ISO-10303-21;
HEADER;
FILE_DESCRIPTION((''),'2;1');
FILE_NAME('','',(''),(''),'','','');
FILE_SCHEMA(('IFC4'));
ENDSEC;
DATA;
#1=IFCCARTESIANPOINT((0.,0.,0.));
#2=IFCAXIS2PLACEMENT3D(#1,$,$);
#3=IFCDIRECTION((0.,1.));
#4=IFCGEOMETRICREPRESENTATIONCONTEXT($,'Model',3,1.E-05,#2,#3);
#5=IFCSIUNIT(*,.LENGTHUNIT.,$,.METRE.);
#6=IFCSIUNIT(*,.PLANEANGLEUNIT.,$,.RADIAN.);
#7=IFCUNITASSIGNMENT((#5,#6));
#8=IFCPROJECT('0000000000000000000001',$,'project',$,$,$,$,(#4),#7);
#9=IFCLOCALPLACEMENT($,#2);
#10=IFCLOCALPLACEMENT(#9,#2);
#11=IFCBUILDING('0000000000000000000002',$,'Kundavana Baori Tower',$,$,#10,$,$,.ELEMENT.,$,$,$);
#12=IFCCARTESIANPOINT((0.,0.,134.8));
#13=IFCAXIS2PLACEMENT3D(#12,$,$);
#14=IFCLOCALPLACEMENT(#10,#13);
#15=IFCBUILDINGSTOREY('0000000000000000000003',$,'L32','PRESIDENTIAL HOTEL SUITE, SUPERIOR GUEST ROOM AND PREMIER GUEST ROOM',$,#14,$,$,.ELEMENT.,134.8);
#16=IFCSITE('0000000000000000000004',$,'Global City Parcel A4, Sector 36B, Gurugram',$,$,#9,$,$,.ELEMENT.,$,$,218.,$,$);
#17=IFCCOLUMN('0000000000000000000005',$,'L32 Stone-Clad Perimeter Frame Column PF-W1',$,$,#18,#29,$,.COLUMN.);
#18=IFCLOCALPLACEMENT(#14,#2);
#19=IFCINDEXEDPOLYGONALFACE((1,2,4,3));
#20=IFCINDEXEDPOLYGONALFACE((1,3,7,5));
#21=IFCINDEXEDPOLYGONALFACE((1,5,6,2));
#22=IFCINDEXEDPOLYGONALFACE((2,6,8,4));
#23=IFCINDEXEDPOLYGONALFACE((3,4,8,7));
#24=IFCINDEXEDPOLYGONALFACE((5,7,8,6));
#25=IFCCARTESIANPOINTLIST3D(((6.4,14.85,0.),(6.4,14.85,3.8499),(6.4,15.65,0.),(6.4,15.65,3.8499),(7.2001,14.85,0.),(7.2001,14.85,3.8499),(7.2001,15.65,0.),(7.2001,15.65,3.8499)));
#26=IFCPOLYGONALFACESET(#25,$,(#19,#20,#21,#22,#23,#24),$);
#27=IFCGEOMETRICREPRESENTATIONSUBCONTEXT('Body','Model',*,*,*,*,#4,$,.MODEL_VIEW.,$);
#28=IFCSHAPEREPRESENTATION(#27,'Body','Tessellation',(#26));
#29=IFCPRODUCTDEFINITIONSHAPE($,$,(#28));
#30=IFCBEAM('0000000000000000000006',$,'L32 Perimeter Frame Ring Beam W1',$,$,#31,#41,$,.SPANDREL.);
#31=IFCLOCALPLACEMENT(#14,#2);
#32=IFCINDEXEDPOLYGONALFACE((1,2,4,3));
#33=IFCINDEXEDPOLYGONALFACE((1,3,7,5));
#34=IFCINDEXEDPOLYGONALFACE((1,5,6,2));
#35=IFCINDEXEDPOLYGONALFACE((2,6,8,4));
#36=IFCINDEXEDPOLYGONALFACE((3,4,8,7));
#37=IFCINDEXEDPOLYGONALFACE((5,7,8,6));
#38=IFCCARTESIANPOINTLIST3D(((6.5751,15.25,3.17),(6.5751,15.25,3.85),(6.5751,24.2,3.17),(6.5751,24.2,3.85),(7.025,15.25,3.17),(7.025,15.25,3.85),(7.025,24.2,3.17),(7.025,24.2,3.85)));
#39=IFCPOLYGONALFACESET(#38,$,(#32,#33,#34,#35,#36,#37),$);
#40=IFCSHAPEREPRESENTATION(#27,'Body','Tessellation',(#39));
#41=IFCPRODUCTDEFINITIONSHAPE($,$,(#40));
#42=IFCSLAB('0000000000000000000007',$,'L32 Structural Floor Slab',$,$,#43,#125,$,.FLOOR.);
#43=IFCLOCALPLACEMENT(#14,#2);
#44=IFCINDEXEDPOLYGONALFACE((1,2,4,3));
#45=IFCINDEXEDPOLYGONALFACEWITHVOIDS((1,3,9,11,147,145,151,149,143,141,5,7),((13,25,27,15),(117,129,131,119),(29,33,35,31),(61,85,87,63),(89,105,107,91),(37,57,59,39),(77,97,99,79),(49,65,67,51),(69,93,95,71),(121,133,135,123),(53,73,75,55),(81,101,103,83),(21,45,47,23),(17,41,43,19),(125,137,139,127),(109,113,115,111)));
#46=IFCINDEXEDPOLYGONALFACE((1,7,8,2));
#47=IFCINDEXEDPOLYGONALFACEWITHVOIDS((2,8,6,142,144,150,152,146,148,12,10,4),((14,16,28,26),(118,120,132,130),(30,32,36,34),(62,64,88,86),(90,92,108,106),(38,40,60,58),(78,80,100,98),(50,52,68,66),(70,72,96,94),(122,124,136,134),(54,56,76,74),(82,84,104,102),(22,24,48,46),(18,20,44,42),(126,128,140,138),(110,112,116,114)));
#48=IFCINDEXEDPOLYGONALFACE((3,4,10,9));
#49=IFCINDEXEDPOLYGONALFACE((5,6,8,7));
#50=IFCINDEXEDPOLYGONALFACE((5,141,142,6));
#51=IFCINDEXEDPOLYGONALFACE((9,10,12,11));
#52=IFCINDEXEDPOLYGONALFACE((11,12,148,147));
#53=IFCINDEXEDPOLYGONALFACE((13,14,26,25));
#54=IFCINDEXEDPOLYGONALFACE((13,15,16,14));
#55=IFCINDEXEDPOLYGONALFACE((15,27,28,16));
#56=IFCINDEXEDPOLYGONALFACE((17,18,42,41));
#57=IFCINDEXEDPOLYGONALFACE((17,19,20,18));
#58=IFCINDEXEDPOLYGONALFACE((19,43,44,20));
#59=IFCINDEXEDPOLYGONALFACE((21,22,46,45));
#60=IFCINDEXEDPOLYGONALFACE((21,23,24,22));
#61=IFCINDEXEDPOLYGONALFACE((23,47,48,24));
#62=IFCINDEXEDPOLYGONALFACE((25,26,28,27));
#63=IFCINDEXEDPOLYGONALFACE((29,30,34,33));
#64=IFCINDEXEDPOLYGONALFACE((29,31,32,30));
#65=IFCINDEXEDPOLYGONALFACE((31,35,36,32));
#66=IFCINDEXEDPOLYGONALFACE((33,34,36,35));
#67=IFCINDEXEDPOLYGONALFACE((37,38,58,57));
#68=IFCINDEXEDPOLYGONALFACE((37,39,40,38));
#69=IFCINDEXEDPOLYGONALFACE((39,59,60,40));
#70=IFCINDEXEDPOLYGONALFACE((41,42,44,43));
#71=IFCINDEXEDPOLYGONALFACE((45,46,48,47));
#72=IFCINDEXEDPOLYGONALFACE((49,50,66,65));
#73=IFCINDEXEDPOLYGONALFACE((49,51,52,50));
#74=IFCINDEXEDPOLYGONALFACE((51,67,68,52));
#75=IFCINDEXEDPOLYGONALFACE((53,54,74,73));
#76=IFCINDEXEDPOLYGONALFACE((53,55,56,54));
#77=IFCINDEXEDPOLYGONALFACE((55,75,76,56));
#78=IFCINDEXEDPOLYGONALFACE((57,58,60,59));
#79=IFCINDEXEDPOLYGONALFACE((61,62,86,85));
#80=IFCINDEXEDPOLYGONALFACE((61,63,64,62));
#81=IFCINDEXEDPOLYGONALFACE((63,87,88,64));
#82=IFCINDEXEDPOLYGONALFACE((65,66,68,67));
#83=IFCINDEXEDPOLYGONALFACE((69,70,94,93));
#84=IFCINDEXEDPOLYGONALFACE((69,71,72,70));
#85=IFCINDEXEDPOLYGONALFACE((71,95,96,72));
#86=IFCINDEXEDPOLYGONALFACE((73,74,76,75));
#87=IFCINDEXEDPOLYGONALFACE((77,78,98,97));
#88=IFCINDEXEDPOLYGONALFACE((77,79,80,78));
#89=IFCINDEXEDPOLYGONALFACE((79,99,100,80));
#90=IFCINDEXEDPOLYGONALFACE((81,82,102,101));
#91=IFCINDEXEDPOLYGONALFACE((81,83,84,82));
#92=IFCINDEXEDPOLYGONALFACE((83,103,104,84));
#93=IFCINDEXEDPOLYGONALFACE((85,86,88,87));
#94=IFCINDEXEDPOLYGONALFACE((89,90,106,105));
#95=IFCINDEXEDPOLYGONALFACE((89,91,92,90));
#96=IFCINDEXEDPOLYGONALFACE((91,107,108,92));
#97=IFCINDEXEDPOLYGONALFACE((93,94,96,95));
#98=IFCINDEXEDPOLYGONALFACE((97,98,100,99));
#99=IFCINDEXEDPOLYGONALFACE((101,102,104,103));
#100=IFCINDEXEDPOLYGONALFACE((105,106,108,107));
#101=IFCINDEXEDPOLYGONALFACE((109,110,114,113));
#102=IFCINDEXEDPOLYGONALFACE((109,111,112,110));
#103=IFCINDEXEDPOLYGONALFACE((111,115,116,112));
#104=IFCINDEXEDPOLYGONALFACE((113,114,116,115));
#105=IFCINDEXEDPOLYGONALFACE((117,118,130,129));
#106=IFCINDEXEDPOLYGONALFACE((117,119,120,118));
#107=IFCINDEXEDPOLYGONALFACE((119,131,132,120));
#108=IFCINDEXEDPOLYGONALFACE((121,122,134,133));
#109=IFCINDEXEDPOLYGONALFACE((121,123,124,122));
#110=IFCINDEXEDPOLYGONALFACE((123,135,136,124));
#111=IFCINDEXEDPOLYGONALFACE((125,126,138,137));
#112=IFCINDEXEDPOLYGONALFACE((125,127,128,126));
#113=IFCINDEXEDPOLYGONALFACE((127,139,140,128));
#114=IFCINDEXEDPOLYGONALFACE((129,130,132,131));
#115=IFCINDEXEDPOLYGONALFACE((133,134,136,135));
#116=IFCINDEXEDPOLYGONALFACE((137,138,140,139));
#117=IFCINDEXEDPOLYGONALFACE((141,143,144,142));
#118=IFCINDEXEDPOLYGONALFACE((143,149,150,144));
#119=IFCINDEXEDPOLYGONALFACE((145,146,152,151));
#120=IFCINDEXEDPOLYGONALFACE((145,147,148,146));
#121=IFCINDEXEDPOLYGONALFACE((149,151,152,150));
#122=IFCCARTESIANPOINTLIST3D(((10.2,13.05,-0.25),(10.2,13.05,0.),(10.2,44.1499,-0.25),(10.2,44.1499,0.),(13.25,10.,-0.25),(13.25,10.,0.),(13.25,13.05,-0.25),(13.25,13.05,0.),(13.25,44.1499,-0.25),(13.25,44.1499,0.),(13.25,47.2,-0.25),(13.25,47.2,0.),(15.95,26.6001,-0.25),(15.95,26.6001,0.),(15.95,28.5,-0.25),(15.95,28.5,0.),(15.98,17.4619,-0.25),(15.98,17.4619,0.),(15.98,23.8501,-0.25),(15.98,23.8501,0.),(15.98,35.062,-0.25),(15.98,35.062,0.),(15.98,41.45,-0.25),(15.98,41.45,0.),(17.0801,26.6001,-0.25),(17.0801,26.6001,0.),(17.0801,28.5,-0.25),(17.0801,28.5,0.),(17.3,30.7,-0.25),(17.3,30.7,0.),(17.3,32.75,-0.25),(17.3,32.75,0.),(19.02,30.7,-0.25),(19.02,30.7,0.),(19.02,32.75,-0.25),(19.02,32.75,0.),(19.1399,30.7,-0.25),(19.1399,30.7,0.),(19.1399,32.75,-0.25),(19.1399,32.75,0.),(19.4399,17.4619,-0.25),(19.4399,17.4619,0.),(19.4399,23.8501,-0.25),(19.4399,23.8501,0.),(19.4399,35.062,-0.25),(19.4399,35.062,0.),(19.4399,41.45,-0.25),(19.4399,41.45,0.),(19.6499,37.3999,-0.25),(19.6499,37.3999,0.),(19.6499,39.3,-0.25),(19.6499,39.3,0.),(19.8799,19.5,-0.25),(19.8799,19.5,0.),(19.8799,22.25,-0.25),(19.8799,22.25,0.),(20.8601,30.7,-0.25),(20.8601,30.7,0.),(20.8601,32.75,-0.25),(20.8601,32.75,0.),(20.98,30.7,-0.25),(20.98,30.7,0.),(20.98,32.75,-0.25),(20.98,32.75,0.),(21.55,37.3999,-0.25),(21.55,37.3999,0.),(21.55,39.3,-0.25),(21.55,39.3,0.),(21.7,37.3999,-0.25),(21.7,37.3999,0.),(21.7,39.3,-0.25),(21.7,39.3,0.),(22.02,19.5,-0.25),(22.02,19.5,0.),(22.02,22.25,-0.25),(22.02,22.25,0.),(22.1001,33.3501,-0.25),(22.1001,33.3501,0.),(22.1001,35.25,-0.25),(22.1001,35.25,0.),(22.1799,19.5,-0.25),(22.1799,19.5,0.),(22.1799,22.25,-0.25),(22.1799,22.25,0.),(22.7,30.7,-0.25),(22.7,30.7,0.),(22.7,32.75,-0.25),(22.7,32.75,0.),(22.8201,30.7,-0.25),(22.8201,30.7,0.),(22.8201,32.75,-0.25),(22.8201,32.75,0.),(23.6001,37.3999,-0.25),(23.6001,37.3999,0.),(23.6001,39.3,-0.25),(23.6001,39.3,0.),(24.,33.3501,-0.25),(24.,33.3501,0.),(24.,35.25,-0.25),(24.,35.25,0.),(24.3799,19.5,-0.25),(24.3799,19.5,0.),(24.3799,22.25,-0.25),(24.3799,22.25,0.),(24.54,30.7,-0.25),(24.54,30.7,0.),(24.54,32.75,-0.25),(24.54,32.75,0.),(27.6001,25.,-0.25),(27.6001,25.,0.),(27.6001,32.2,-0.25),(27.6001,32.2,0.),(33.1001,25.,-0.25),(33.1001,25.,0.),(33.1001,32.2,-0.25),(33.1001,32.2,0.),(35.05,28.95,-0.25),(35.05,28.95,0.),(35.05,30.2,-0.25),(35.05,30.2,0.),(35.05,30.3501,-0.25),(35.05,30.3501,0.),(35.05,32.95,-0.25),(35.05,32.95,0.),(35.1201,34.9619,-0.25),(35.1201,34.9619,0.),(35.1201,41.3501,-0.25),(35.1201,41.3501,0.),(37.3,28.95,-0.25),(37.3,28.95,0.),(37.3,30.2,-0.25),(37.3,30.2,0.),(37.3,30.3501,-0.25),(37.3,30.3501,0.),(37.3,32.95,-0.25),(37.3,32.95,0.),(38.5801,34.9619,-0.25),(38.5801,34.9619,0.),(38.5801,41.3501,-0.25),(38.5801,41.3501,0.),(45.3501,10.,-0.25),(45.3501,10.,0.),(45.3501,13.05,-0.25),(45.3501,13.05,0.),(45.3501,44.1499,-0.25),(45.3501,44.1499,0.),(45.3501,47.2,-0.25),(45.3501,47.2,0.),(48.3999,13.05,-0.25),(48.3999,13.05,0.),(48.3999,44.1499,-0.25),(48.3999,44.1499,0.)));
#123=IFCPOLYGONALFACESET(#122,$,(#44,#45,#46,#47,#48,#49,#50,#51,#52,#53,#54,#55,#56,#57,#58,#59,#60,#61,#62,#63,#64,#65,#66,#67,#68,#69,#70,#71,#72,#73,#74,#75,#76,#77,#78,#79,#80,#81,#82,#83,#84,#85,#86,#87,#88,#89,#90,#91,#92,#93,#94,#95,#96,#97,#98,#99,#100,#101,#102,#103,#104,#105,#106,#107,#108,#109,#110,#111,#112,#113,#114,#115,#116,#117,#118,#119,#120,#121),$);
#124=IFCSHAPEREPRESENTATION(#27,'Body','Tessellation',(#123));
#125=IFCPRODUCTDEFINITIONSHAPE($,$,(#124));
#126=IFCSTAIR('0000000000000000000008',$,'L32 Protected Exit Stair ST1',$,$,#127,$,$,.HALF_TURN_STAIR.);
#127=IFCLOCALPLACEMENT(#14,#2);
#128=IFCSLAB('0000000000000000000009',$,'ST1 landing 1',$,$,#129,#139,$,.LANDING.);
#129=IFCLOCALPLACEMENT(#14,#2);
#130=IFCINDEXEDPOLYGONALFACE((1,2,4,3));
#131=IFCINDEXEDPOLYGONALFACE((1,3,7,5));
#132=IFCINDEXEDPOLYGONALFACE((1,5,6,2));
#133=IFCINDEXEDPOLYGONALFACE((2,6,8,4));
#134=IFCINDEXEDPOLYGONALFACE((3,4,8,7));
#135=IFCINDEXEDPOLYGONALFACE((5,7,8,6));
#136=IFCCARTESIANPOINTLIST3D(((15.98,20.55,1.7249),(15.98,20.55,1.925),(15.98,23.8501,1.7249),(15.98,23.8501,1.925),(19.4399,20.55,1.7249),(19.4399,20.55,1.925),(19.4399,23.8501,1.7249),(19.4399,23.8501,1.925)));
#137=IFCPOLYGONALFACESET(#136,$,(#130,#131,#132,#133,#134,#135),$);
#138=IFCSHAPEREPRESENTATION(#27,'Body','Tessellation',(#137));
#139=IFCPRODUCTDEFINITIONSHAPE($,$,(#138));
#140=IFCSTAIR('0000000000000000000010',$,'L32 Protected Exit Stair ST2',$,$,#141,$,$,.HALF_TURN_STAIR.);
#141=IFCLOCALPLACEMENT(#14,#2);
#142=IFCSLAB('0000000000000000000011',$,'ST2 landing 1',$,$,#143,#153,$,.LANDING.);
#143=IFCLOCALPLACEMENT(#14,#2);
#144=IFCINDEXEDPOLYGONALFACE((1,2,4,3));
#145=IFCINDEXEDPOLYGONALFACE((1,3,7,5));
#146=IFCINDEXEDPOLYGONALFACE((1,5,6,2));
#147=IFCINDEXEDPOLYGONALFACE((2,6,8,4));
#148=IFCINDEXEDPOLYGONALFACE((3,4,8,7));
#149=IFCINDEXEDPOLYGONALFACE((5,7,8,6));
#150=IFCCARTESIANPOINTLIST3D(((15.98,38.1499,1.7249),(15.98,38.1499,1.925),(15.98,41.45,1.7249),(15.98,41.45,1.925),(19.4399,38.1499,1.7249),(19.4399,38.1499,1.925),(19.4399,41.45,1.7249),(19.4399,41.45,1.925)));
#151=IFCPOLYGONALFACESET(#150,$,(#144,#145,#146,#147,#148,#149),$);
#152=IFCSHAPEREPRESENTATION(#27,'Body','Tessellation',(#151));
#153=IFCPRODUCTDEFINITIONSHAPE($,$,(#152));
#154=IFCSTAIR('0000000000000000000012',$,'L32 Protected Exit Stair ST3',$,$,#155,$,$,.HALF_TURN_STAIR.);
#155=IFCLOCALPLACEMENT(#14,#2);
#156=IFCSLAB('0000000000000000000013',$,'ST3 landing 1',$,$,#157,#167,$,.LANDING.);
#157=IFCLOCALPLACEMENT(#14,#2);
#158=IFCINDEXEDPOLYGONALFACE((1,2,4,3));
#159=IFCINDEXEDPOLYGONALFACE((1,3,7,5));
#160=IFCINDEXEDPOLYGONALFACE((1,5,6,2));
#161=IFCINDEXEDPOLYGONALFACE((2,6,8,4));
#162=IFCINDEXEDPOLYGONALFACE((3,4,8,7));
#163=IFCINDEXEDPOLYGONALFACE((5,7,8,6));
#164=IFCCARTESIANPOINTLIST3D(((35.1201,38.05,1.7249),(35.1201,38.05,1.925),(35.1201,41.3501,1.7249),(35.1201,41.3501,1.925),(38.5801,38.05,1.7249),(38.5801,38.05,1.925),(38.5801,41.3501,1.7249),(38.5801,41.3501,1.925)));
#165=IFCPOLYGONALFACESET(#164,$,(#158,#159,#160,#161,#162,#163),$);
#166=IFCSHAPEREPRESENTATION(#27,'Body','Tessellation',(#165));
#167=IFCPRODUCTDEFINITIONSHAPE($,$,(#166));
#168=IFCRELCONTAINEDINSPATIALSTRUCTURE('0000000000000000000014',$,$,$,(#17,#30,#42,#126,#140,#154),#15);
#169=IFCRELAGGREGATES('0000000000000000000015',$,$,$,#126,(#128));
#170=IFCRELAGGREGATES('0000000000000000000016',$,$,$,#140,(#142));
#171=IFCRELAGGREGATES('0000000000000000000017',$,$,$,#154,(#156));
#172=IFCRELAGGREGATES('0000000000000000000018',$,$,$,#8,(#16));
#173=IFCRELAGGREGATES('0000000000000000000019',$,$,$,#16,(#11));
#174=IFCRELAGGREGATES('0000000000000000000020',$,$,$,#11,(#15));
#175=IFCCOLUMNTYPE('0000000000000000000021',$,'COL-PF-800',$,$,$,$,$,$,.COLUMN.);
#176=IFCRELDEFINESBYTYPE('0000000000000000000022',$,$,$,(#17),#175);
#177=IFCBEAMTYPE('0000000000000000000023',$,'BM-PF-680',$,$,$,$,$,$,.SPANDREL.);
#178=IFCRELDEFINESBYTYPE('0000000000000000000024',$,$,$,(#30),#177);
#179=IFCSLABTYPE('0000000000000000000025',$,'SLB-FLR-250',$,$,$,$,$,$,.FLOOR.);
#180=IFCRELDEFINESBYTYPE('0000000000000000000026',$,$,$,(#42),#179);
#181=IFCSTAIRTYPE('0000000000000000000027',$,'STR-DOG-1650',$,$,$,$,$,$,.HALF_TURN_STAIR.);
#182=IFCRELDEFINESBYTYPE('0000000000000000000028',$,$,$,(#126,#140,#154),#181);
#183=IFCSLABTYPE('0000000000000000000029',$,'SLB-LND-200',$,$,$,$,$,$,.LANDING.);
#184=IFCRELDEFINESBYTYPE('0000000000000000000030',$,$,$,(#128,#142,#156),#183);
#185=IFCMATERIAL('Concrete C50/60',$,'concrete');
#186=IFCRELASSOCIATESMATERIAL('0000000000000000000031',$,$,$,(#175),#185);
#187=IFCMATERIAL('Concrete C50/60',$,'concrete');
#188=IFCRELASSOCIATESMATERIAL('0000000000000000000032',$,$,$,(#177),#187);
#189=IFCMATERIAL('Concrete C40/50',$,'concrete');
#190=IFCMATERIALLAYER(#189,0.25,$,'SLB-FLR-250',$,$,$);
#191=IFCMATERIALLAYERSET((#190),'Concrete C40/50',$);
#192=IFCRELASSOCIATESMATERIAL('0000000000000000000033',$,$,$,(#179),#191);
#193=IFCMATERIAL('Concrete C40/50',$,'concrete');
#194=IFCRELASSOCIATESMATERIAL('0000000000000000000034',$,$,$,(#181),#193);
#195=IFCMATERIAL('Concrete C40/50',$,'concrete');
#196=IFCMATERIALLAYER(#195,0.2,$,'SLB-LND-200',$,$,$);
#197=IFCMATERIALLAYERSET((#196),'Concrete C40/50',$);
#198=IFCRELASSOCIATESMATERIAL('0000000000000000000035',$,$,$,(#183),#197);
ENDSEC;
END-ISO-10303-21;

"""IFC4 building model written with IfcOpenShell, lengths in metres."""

from ifc_helpers import new_model, si_unit, direction, frame, origin, origin_2d, place, context, subcontext, project, spatial, polyline, rectangle, outline, extrude, material, layer, layer_set, material_profile, profile_set, type_object, element, aggregate, save


model = new_model("IFC4")

# Units and contexts
model_context = context("Model", 3, precision=1e-05, world=origin(), true_north=direction((0.0, 1.0)))
body_context = subcontext(model_context, "Body", "Model", "MODEL_VIEW")
ifc_project = project(units=[si_unit("LENGTHUNIT", "METRE"), si_unit("PLANEANGLEUNIT", "RADIAN")], contexts=[model_context])

# Site, building, storey
site_placement = place(None, origin())
site = spatial("IfcSite", under=ifc_project, at=site_placement, Name="Global City Parcel A4, Sector 36B, Gurugram", CompositionType="ELEMENT", RefElevation=218.0)
building_placement = place(site_placement, origin())
building = spatial("IfcBuilding", under=site, at=building_placement, Name="Kundavana Baori Tower", CompositionType="ELEMENT")
storey_placement = place(building_placement, frame((0.0, 0.0, 134.8)))
storey = spatial("IfcBuildingStorey", under=building, at=storey_placement, Name="L32", Description="PRESIDENTIAL HOTEL SUITE, SUPERIOR GUEST ROOM AND PREMIER GUEST ROOM", CompositionType="ELEMENT", Elevation=134.8)

# Column
ifc_material_1 = material(Name="Concrete C50/60", Category="concrete")
ifc_material_profile_1 = material_profile(ifc_material_1, rectangle(XDim=0.8, YDim=0.8, at=origin_2d()), Name="RC PF 800x800")
ifc_profile_set_1 = profile_set([ifc_material_profile_1], Name="Concrete C50/60")
column_type = type_object("IfcColumnType", Name="COL-PF-800", PredefinedType="COLUMN", material=ifc_profile_set_1)
column_placement = place(storey_placement, frame((6.8, 15.25, 0.0), z_axis=(0.0, 0.0, 1.0), x_axis=(1.0, 0.0, 0.0)))
element("IfcColumn", 1, at=column_placement, inside=storey, type_object=column_type, Name="L32 Stone-Clad Perimeter Frame Column PF-W1", PredefinedType="COLUMN", context=body_context, shape_type="SweptSolid", body=[
    extrude(rectangle(XDim=0.8, YDim=0.8, at=origin_2d()), origin(), (0.0, 0.0, 1.0), 3.8499),
])

# Beam
ifc_material_2 = material(Name="Concrete C50/60", Category="concrete")
ifc_material_profile_2 = material_profile(ifc_material_2, rectangle(XDim=0.45, YDim=0.6799, at=origin_2d()), Name="RC BM 450x680")
ifc_profile_set_2 = profile_set([ifc_material_profile_2], Name="Concrete C50/60")
beam_type = type_object("IfcBeamType", Name="BM-PF-680", PredefinedType="SPANDREL", material=ifc_profile_set_2)
beam_placement = place(storey_placement, frame((6.8, 15.25, 3.51), z_axis=(0.0, 1.0, 0.0), x_axis=(-1.0, 0.0, 0.0)))
element("IfcBeam", 2, at=beam_placement, inside=storey, type_object=beam_type, Name="L32 Perimeter Frame Ring Beam W1", PredefinedType="SPANDREL", context=body_context, shape_type="SweptSolid", body=[
    extrude(rectangle(XDim=0.45, YDim=0.6799, at=origin_2d()), origin(), (0.0, 0.0, 1.0), 8.95),
])

# Slab
ifc_material_3 = material(Name="Concrete C40/50", Category="concrete")
ifc_layer_1 = layer(ifc_material_3, 0.25, Name="SLB-FLR-250")
ifc_layer_set_1 = layer_set([ifc_layer_1], Name="Concrete C40/50")
slab_type_1 = type_object("IfcSlabType", Name="SLB-FLR-250", PredefinedType="FLOOR", material=ifc_layer_set_1)
slab_1_placement = place(storey_placement, frame((0.0, 0.0, -0.25)))
element("IfcSlab", 3, at=slab_1_placement, inside=storey, type_object=slab_type_1, Name="L32 Structural Floor Slab", PredefinedType="FLOOR", context=body_context, shape_type="SweptSolid", body=[
    extrude(outline(polyline([(13.25, 10.0), (45.3501, 10.0), (45.3501, 13.05), (48.3999, 13.05), (48.3999, 44.1499), (45.3501, 44.1499), (45.3501, 47.2), (13.25, 47.2), (13.25, 44.1499), (10.2, 44.1499), (10.2, 13.05), (13.25, 13.05), (13.25, 10.0)]), holes=[polyline([(19.4399, 17.4619), (19.4399, 23.8501), (15.98, 23.8501), (15.98, 17.4619), (19.4399, 17.4619)]), polyline([(19.4399, 35.062), (19.4399, 41.45), (15.98, 41.45), (15.98, 35.062), (19.4399, 35.062)]), polyline([(38.5801, 34.9619), (38.5801, 41.3501), (35.1201, 41.3501), (35.1201, 34.9619), (38.5801, 34.9619)]), polyline([(17.3, 30.7), (19.02, 30.7), (19.02, 32.75), (17.3, 32.75), (17.3, 30.7)]), polyline([(19.1399, 30.7), (20.8601, 30.7), (20.8601, 32.75), (19.1399, 32.75), (19.1399, 30.7)]), polyline([(20.98, 30.7), (22.7, 30.7), (22.7, 32.75), (20.98, 32.75), (20.98, 30.7)]), polyline([(22.8201, 30.7), (24.54, 30.7), (24.54, 32.75), (22.8201, 32.75), (22.8201, 30.7)]), polyline([(19.6499, 37.3999), (21.55, 37.3999), (21.55, 39.3), (19.6499, 39.3), (19.6499, 37.3999)]), polyline([(21.7, 37.3999), (23.6001, 37.3999), (23.6001, 39.3), (21.7, 39.3), (21.7, 37.3999)]), polyline([(22.1001, 33.3501), (24.0, 33.3501), (24.0, 35.25), (22.1001, 35.25), (22.1001, 33.3501)]), polyline([(19.8799, 19.5), (22.02, 19.5), (22.02, 22.25), (19.8799, 22.25), (19.8799, 19.5)]), polyline([(22.1799, 19.5), (24.3799, 19.5), (24.3799, 22.25), (22.1799, 22.25), (22.1799, 19.5)]), polyline([(35.05, 30.3501), (37.3, 30.3501), (37.3, 32.95), (35.05, 32.95), (35.05, 30.3501)]), polyline([(15.95, 26.6001), (17.0801, 26.6001), (17.0801, 28.5), (15.95, 28.5), (15.95, 26.6001)]), polyline([(35.05, 28.95), (37.3, 28.95), (37.3, 30.2), (35.05, 30.2), (35.05, 28.95)]), polyline([(27.6001, 25.0), (33.1001, 25.0), (33.1001, 32.2), (27.6001, 32.2), (27.6001, 25.0)])]), origin(), (0.0, 0.0, 1.0), 0.25),
])

# Stairs, slabs
ifc_material_4 = material(Name="Concrete C40/50", Category="concrete")
stair_type = type_object("IfcStairType", Name="STR-DOG-1650", PredefinedType="HALF_TURN_STAIR", material=ifc_material_4)
stair_1_placement = place(storey_placement, origin())
stair_1 = element("IfcStair", 4, at=stair_1_placement, inside=storey, type_object=stair_type, Name="L32 Protected Exit Stair ST1", PredefinedType="HALF_TURN_STAIR")
ifc_material_5 = material(Name="Concrete C40/50", Category="concrete")
ifc_layer_2 = layer(ifc_material_5, 0.2, Name="SLB-LND-200")
ifc_layer_set_2 = layer_set([ifc_layer_2], Name="Concrete C40/50")
slab_type_2 = type_object("IfcSlabType", Name="SLB-LND-200", PredefinedType="LANDING", material=ifc_layer_set_2)
slab_2_placement = place(storey_placement, frame((0.0, 0.0, 1.7249)))
slab_2 = element("IfcSlab", 5, at=slab_2_placement, type_object=slab_type_2, Name="ST1 landing 1", PredefinedType="LANDING", context=body_context, shape_type="SweptSolid", body=[
    extrude(outline(polyline([(19.4399, 20.55), (19.4399, 23.8501), (15.98, 23.8501), (15.98, 20.55), (19.4399, 20.55)])), origin(), (0.0, 0.0, 1.0), 0.2002),
])
aggregate(stair_1, [slab_2])
stair_2_placement = place(storey_placement, origin())
stair_2 = element("IfcStair", 6, at=stair_2_placement, inside=storey, type_object=stair_type, Name="L32 Protected Exit Stair ST2", PredefinedType="HALF_TURN_STAIR")
slab_3_placement = place(storey_placement, frame((0.0, 0.0, 1.7249)))
slab_3 = element("IfcSlab", 7, at=slab_3_placement, type_object=slab_type_2, Name="ST2 landing 1", PredefinedType="LANDING", context=body_context, shape_type="SweptSolid", body=[
    extrude(outline(polyline([(19.4399, 38.1499), (19.4399, 41.45), (15.98, 41.45), (15.98, 38.1499), (19.4399, 38.1499)])), origin(), (0.0, 0.0, 1.0), 0.2002),
])
aggregate(stair_2, [slab_3])
stair_3_placement = place(storey_placement, origin())
stair_3 = element("IfcStair", 8, at=stair_3_placement, inside=storey, type_object=stair_type, Name="L32 Protected Exit Stair ST3", PredefinedType="HALF_TURN_STAIR")
slab_4_placement = place(storey_placement, frame((0.0, 0.0, 1.7249)))
slab_4 = element("IfcSlab", 9, at=slab_4_placement, type_object=slab_type_2, Name="ST3 landing 1", PredefinedType="LANDING", context=body_context, shape_type="SweptSolid", body=[
    extrude(outline(polyline([(38.5801, 38.05), (38.5801, 41.3501), (35.1201, 41.3501), (35.1201, 38.05), (38.5801, 38.05)])), origin(), (0.0, 0.0, 1.0), 0.2002),
])
aggregate(stair_3, [slab_4])

save(model, "model.ifc")
